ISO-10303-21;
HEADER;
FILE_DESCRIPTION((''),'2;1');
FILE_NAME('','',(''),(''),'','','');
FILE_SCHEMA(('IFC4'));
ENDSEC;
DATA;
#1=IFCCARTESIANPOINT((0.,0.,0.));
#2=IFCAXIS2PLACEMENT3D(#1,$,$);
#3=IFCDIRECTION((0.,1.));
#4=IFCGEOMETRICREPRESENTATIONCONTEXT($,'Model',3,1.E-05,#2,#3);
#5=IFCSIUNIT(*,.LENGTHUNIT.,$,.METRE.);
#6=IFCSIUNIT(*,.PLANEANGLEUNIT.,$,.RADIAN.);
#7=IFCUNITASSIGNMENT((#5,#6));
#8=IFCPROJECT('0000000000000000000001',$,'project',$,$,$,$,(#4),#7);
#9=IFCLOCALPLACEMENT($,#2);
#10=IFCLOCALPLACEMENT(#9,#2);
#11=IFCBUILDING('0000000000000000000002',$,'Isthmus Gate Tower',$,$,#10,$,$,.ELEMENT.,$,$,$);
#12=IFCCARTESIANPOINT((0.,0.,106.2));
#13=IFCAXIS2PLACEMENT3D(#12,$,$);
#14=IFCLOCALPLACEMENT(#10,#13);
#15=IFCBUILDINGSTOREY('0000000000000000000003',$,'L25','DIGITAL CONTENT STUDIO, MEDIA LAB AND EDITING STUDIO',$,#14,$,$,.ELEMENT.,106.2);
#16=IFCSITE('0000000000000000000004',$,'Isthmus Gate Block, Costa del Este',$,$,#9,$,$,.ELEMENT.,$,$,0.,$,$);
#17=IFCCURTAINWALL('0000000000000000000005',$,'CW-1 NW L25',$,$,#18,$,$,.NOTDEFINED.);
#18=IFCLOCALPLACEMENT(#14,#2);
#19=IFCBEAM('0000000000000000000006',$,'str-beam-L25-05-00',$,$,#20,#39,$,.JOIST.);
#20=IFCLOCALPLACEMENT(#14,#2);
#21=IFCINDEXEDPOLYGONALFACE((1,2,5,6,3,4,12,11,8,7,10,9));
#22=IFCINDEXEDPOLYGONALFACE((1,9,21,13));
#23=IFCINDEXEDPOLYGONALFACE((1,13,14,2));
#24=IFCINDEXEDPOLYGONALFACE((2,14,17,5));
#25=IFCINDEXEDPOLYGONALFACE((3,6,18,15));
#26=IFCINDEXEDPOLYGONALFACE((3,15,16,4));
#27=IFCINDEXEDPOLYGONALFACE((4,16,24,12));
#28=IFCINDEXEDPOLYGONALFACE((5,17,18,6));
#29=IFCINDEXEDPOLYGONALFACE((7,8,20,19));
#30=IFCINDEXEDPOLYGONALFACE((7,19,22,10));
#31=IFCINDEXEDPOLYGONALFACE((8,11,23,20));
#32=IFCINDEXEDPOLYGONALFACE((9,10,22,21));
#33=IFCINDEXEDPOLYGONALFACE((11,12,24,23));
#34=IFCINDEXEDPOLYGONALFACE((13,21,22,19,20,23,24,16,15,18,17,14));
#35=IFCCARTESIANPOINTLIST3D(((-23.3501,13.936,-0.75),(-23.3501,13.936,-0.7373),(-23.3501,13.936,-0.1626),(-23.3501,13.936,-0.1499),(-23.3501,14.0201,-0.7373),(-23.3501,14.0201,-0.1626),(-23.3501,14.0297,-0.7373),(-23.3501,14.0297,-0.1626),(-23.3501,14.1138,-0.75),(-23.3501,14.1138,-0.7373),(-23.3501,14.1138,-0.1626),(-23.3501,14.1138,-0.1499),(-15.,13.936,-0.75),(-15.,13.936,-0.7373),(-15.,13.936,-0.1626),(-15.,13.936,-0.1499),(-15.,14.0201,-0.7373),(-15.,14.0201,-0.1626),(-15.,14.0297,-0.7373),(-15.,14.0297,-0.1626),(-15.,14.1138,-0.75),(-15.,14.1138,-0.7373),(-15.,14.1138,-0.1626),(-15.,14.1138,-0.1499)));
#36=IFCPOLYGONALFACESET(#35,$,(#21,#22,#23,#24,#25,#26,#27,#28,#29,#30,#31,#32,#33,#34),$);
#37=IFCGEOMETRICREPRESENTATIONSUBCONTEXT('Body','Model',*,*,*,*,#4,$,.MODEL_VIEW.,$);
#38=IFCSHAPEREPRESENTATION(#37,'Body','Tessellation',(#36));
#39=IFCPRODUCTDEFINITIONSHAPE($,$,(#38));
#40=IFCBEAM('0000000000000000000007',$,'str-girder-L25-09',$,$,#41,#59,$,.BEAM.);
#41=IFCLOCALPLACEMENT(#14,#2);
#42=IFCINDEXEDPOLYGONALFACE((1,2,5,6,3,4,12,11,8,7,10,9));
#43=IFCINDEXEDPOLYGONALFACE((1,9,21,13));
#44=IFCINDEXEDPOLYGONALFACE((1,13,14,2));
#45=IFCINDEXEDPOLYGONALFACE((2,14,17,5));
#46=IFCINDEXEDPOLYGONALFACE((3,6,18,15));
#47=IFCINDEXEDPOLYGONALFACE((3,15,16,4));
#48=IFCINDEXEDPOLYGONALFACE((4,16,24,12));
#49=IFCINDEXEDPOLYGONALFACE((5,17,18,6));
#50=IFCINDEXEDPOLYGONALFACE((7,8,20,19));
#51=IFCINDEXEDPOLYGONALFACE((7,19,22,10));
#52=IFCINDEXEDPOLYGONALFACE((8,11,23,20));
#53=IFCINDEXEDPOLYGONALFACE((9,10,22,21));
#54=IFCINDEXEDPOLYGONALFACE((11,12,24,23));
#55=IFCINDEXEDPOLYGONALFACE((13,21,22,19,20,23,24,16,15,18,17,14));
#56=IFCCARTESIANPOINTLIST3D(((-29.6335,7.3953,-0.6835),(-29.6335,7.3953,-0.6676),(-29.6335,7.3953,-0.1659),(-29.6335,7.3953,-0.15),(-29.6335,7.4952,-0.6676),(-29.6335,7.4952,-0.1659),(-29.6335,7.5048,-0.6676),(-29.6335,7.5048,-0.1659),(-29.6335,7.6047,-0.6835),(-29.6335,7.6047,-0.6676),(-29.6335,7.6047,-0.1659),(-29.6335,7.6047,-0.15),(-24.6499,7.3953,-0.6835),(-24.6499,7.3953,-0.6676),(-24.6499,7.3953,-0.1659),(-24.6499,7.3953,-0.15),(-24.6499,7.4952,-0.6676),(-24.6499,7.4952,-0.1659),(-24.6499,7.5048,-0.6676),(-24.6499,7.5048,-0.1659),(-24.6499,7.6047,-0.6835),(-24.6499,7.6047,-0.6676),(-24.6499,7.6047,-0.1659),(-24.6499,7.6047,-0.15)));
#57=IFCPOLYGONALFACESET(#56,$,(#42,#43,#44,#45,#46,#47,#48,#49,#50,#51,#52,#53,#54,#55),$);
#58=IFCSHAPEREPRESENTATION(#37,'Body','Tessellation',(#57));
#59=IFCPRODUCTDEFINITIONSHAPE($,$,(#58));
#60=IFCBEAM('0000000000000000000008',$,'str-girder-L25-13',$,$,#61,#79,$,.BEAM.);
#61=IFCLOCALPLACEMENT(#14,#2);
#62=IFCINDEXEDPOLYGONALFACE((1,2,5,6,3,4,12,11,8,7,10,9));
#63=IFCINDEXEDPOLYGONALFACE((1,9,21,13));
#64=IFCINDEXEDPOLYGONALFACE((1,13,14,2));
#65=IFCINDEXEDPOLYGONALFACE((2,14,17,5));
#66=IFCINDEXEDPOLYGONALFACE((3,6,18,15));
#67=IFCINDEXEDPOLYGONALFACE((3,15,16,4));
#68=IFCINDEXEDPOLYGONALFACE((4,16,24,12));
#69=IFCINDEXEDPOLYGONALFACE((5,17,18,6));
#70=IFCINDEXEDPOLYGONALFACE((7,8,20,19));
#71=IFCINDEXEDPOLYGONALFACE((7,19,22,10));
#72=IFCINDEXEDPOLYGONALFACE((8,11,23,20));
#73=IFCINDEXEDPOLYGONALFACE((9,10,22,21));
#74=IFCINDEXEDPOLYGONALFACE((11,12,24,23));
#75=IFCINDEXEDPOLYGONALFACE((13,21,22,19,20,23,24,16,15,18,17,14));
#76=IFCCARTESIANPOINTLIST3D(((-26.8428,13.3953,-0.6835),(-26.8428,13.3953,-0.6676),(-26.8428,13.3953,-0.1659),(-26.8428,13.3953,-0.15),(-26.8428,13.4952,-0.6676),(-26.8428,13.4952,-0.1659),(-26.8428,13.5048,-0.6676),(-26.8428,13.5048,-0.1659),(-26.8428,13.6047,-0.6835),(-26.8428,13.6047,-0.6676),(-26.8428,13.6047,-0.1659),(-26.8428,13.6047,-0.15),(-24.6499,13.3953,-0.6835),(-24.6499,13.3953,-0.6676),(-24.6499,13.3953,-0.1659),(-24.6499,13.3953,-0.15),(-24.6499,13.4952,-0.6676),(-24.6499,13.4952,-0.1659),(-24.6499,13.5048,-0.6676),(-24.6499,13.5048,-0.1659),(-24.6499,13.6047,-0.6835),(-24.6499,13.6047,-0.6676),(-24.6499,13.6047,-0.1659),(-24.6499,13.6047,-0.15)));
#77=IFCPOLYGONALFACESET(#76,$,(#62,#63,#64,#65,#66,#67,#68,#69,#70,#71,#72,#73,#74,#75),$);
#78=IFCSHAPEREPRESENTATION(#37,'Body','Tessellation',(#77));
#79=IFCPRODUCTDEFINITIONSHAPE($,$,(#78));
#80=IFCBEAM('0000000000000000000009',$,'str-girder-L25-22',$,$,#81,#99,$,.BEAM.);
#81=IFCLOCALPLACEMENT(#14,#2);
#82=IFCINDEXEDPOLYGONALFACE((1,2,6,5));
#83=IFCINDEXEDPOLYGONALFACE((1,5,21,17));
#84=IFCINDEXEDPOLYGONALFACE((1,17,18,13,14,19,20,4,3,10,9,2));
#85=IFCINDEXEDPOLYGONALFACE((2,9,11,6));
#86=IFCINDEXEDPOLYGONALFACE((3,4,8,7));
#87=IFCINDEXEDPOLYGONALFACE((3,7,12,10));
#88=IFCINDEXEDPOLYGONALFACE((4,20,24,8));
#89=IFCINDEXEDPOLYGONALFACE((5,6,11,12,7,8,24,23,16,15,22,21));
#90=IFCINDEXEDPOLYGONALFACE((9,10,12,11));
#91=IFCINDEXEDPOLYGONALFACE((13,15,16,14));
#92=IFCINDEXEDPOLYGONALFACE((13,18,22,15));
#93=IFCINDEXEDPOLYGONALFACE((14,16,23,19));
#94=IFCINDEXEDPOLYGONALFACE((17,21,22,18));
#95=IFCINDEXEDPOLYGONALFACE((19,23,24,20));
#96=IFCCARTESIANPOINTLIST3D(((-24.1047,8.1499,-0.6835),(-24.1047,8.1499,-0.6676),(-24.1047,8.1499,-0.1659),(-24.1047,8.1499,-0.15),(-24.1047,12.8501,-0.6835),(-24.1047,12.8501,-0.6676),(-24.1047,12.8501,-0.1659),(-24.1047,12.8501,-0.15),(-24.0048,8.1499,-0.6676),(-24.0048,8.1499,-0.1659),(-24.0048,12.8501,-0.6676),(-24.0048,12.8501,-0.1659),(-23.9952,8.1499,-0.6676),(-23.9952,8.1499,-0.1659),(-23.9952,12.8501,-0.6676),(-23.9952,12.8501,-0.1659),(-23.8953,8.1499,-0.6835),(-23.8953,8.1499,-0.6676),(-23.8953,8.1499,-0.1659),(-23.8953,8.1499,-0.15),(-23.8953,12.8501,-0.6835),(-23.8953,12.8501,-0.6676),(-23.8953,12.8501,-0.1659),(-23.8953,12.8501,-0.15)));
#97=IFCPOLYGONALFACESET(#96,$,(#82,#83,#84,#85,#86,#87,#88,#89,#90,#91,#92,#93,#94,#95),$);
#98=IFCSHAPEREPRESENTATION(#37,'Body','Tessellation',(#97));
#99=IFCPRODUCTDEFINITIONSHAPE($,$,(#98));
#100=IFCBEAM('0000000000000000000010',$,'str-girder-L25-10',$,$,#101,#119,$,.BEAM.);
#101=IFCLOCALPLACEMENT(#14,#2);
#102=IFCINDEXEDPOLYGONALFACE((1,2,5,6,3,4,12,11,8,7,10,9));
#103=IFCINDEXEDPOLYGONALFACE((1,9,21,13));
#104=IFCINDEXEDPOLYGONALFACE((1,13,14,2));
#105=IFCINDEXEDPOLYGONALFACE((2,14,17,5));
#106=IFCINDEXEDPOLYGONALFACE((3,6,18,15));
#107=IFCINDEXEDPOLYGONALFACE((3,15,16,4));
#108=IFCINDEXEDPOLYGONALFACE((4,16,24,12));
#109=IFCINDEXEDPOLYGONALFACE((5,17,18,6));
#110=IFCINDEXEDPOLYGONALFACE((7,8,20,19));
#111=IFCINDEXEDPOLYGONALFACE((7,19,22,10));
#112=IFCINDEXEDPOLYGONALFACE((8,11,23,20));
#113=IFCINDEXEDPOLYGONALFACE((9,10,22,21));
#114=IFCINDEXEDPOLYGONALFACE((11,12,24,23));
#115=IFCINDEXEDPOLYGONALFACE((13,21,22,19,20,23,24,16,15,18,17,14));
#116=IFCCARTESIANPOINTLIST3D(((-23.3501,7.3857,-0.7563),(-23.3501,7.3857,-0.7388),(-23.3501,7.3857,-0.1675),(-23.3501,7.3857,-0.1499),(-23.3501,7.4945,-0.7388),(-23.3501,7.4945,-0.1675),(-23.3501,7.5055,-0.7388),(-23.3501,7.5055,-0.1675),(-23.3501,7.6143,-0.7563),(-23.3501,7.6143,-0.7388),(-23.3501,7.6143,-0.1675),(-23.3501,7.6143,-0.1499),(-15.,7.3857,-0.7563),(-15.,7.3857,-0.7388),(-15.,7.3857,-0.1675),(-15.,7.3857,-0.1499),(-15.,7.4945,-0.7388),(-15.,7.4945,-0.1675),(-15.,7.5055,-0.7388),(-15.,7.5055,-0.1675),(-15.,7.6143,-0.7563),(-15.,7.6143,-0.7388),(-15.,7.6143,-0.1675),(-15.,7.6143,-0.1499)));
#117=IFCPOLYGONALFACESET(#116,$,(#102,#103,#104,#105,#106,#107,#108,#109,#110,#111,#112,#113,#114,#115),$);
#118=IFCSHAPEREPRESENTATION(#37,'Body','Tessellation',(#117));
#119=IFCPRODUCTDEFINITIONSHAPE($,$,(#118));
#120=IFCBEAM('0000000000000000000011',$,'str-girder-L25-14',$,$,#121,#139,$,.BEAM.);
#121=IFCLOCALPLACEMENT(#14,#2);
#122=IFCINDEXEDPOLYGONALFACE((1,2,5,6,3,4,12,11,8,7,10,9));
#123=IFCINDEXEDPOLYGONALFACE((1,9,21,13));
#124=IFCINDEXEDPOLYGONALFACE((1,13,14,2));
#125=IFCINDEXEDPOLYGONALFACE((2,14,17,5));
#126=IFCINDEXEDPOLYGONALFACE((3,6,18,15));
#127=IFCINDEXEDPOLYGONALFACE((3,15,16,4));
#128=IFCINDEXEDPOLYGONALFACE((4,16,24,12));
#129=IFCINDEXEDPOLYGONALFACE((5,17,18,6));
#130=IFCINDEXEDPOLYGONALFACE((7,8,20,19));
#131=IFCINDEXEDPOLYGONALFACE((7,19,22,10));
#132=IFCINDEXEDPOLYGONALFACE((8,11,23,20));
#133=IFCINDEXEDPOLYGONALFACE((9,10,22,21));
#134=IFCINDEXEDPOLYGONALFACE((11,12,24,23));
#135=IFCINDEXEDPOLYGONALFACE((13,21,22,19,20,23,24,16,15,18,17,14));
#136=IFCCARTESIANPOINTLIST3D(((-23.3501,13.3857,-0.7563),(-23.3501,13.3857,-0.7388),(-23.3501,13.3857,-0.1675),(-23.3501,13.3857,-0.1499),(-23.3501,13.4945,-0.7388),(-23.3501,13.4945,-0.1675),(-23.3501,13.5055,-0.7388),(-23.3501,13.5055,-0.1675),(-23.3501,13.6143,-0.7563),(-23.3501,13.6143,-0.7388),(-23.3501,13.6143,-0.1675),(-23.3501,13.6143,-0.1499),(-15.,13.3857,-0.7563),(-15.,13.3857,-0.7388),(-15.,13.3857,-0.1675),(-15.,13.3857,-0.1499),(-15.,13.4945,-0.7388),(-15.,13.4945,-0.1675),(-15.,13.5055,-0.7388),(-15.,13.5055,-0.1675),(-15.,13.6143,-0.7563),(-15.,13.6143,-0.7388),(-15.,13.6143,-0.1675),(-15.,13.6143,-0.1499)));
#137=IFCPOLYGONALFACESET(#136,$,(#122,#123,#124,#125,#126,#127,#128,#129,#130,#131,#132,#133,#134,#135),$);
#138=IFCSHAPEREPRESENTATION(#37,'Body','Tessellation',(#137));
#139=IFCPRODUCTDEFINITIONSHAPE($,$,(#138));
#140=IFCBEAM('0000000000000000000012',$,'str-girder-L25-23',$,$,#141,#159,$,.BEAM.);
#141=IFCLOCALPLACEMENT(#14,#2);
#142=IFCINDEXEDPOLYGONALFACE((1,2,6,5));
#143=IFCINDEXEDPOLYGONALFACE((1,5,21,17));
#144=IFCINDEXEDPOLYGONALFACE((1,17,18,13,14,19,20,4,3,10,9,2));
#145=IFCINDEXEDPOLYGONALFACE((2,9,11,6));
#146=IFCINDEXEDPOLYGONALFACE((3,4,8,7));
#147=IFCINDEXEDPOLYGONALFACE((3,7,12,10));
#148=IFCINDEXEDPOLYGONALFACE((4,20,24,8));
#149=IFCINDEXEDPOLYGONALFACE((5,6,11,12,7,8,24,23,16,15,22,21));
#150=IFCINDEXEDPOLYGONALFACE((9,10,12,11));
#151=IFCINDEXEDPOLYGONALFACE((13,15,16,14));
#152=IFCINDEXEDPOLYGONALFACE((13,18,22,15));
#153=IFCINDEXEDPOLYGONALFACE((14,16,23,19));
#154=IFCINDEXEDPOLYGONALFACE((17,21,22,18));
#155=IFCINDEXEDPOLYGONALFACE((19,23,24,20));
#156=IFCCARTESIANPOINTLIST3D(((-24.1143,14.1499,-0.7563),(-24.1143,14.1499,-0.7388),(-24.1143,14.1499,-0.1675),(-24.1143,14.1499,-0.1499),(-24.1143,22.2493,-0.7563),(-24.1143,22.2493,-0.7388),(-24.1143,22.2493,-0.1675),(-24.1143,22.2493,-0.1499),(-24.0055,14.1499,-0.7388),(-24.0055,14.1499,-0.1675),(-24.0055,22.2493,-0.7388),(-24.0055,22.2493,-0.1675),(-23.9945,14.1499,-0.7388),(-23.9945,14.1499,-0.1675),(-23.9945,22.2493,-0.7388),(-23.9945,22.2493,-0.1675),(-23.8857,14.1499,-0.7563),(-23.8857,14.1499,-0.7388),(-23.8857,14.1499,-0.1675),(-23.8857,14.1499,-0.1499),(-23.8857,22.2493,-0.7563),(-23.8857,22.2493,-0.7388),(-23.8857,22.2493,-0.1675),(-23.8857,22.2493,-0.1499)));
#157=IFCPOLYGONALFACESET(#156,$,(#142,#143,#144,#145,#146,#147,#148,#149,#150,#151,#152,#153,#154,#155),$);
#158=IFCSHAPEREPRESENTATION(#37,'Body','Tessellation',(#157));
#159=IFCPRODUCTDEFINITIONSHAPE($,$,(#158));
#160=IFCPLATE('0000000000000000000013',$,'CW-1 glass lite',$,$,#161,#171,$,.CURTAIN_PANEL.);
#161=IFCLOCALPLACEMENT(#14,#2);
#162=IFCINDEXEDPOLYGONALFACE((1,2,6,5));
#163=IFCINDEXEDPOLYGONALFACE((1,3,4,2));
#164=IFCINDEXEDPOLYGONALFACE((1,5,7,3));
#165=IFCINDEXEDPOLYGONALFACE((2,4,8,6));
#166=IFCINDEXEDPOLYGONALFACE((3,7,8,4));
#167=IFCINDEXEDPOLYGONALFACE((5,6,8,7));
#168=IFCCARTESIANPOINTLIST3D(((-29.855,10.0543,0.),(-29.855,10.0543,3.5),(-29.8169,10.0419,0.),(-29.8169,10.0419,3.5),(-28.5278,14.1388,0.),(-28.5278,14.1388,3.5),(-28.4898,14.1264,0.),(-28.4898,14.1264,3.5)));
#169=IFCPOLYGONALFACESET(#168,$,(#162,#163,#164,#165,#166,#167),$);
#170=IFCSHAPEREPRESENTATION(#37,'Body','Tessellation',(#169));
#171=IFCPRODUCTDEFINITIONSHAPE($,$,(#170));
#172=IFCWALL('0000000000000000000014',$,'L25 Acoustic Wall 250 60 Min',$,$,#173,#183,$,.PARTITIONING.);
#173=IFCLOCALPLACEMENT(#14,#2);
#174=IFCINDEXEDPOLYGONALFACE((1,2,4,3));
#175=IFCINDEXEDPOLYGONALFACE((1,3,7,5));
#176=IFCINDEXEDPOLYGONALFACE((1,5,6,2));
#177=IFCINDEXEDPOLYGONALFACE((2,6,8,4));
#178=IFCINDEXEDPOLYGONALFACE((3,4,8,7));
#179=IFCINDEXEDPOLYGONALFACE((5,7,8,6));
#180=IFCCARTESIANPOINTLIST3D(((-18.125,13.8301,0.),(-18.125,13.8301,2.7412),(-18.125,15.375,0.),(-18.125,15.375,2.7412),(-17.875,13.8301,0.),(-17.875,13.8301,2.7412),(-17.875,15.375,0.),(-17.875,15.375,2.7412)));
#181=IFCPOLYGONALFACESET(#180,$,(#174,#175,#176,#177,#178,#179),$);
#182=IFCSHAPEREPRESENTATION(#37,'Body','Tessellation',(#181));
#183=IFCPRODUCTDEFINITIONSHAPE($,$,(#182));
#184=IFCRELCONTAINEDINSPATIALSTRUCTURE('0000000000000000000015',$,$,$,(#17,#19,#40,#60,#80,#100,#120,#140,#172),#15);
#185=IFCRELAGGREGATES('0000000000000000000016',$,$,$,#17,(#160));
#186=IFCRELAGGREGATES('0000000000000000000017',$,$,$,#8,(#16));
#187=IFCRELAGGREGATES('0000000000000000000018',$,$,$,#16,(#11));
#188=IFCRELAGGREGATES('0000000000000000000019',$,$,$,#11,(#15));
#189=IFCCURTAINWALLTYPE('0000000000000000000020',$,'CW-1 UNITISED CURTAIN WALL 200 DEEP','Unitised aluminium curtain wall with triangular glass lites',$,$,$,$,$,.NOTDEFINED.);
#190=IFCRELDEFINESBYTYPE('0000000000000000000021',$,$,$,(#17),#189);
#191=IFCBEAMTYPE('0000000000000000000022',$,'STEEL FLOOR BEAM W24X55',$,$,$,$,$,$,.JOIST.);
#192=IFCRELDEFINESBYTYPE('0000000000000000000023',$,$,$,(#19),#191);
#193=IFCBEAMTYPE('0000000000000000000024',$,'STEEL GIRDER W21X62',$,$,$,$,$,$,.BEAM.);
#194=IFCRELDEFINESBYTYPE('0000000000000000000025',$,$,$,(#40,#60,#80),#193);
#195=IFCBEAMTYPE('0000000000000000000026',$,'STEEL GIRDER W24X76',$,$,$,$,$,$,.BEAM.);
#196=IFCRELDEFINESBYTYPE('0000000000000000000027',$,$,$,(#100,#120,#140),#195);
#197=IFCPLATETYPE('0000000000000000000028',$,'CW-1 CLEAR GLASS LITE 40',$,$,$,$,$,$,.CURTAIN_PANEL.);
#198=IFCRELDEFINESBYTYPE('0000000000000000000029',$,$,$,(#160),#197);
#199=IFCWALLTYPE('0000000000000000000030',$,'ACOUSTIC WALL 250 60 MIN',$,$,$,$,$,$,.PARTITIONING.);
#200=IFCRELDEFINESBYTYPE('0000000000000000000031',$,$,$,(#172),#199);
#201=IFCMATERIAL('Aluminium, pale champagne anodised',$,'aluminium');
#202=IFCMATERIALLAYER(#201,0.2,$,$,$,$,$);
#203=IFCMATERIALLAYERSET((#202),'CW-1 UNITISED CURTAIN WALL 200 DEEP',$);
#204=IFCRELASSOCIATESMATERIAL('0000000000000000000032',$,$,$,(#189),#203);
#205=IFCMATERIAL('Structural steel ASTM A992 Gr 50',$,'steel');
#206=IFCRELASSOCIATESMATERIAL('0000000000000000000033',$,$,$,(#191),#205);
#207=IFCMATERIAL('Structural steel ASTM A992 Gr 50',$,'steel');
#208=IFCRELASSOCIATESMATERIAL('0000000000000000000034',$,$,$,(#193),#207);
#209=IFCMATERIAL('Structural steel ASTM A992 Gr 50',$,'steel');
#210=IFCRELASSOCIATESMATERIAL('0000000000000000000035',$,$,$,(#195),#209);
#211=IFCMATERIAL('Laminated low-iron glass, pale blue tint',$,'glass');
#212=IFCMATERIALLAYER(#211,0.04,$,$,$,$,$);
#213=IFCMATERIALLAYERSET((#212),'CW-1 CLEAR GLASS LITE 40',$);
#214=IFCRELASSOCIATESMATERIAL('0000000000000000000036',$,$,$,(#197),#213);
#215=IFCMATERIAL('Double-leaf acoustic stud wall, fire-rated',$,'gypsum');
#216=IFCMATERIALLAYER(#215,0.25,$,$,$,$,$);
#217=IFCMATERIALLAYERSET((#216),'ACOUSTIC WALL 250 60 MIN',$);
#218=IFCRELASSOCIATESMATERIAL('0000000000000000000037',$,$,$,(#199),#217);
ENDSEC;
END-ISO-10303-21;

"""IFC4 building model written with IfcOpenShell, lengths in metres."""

from ifc_helpers import new_model, si_unit, direction, frame, frame_2d, origin, origin_2d, place, context, subcontext, project, spatial, rectangle, i_section, extrude, material, layer, layer_set, material_profile, profile_set, type_object, element, aggregate, save


model = new_model("IFC4")

# Units and contexts
model_context = context("Model", 3, precision=1e-05, world=origin(), true_north=direction((0.0, 1.0)))
body_context = subcontext(model_context, "Body", "Model", "MODEL_VIEW")
ifc_project = project(units=[si_unit("LENGTHUNIT", "METRE"), si_unit("PLANEANGLEUNIT", "RADIAN")], contexts=[model_context])

# Site, building, storey
site_placement = place(None, origin())
site = spatial("IfcSite", under=ifc_project, at=site_placement, Name="Isthmus Gate Block, Costa del Este", CompositionType="ELEMENT", RefElevation=0.0)
building_placement = place(site_placement, origin())
building = spatial("IfcBuilding", under=site, at=building_placement, Name="Isthmus Gate Tower", CompositionType="ELEMENT")
storey_placement = place(building_placement, frame((0.0, 0.0, 106.2)))
storey = spatial("IfcBuildingStorey", under=building, at=storey_placement, Name="L25", Description="DIGITAL CONTENT STUDIO, MEDIA LAB AND EDITING STUDIO", CompositionType="ELEMENT", Elevation=106.2)

# Curtain wall
ifc_material_1 = material(Name="Aluminium, pale champagne anodised", Category="aluminium")
ifc_layer_1 = layer(ifc_material_1, 0.2)
ifc_layer_set_1 = layer_set([ifc_layer_1], Name="CW-1 UNITISED CURTAIN WALL 200 DEEP")
curtain_wall_type = type_object("IfcCurtainWallType", Name="CW-1 UNITISED CURTAIN WALL 200 DEEP", Description="Unitised aluminium curtain wall with triangular glass lites", PredefinedType="NOTDEFINED", material=ifc_layer_set_1)
curtain_wall_placement = place(storey_placement, origin())
curtain_wall = element("IfcCurtainWall", 1, at=curtain_wall_placement, inside=storey, type_object=curtain_wall_type, Name="CW-1 NW L25", PredefinedType="NOTDEFINED")

# Beams
ifc_material_2 = material(Name="Structural steel ASTM A992 Gr 50", Category="steel")
ifc_material_profile_1 = material_profile(ifc_material_2, i_section(OverallWidth=0.1777, OverallDepth=0.6001, WebThickness=0.0095, FlangeThickness=0.0127, at=origin_2d()), Name="W24X55")
ifc_profile_set_1 = profile_set([ifc_material_profile_1], Name="Structural steel ASTM A992 Gr 50")
beam_type_1 = type_object("IfcBeamType", Name="STEEL FLOOR BEAM W24X55", PredefinedType="JOIST", material=ifc_profile_set_1)
beam_1_placement = place(storey_placement, frame((-23.3501, 14.0249, -0.45), z_axis=(1.0, 0.0, 0.0), x_axis=(0.0, 1.0, 0.0)))
element("IfcBeam", 2, at=beam_1_placement, inside=storey, type_object=beam_type_1, Name="str-beam-L25-05-00", PredefinedType="JOIST", context=body_context, shape_type="SweptSolid", body=[
    extrude(i_section(OverallWidth=0.1777, OverallDepth=0.6001, WebThickness=0.0095, FlangeThickness=0.0127, at=origin_2d()), origin(), (0.0, 0.0, 1.0), 8.3501),
])
ifc_material_3 = material(Name="Structural steel ASTM A992 Gr 50", Category="steel")
ifc_material_profile_2 = material_profile(ifc_material_3, i_section(OverallWidth=0.2095, OverallDepth=0.5334, WebThickness=0.0095, FlangeThickness=0.0159, at=origin_2d()), Name="W21X62")
ifc_profile_set_2 = profile_set([ifc_material_profile_2], Name="Structural steel ASTM A992 Gr 50")
beam_type_2 = type_object("IfcBeamType", Name="STEEL GIRDER W21X62", PredefinedType="BEAM", material=ifc_profile_set_2)
beam_2_placement = place(storey_placement, frame((-29.6335, 7.5, -0.4167), z_axis=(1.0, 0.0, 0.0), x_axis=(0.0, 1.0, 0.0)))
element("IfcBeam", 3, at=beam_2_placement, inside=storey, type_object=beam_type_2, Name="str-girder-L25-09", PredefinedType="BEAM", context=body_context, shape_type="SweptSolid", body=[
    extrude(i_section(OverallWidth=0.2095, OverallDepth=0.5334, WebThickness=0.0095, FlangeThickness=0.0159, at=origin_2d()), origin(), (0.0, 0.0, 1.0), 4.9836),
])
beam_3_placement = place(storey_placement, frame((-26.8428, 13.5, -0.4167), z_axis=(1.0, 0.0, 0.0), x_axis=(0.0, 1.0, 0.0)))
element("IfcBeam", 4, at=beam_3_placement, inside=storey, type_object=beam_type_2, Name="str-girder-L25-13", PredefinedType="BEAM", context=body_context, shape_type="SweptSolid", body=[
    extrude(i_section(OverallWidth=0.2095, OverallDepth=0.5334, WebThickness=0.0095, FlangeThickness=0.0159, at=origin_2d()), origin(), (0.0, 0.0, 1.0), 2.1929),
])
beam_4_placement = place(storey_placement, frame((-24.0, 8.1499, -0.4167), z_axis=(0.0, 1.0, 0.0), x_axis=(-1.0, 0.0, 0.0)))
element("IfcBeam", 5, at=beam_4_placement, inside=storey, type_object=beam_type_2, Name="str-girder-L25-22", PredefinedType="BEAM", context=body_context, shape_type="SweptSolid", body=[
    extrude(i_section(OverallWidth=0.2095, OverallDepth=0.5334, WebThickness=0.0095, FlangeThickness=0.0159, at=origin_2d()), origin(), (0.0, 0.0, 1.0), 4.7002),
])
ifc_material_4 = material(Name="Structural steel ASTM A992 Gr 50", Category="steel")
ifc_material_profile_3 = material_profile(ifc_material_4, i_section(OverallWidth=0.2285, OverallDepth=0.6064, WebThickness=0.011, FlangeThickness=0.0176, at=origin_2d()), Name="W24X76")
ifc_profile_set_3 = profile_set([ifc_material_profile_3], Name="Structural steel ASTM A992 Gr 50")
beam_type_3 = type_object("IfcBeamType", Name="STEEL GIRDER W24X76", PredefinedType="BEAM", material=ifc_profile_set_3)
for number, where, z_axis, x_axis, name in (
    (6, (-23.3501, 7.5, -0.4531), (1.0, 0.0, 0.0), (0.0, 1.0, 0.0), "str-girder-L25-10"),
    (7, (-23.3501, 13.5, -0.4531), (1.0, 0.0, 0.0), (0.0, 1.0, 0.0), "str-girder-L25-14"),
):
    element("IfcBeam", number, at=place(storey_placement, frame(where, z_axis=z_axis, x_axis=x_axis)), inside=storey, type_object=beam_type_3, Name=name, PredefinedType="BEAM", context=body_context, shape_type="SweptSolid", body=[
        extrude(i_section(OverallWidth=0.2285, OverallDepth=0.6064, WebThickness=0.011, FlangeThickness=0.0176, at=origin_2d()), origin(), (0.0, 0.0, 1.0), 8.3501),
    ])
beam_5_placement = place(storey_placement, frame((-24.0, 14.1499, -0.4531), z_axis=(0.0, 1.0, 0.0), x_axis=(-1.0, 0.0, 0.0)))
element("IfcBeam", 8, at=beam_5_placement, inside=storey, type_object=beam_type_3, Name="str-girder-L25-23", PredefinedType="BEAM", context=body_context, shape_type="SweptSolid", body=[
    extrude(i_section(OverallWidth=0.2285, OverallDepth=0.6064, WebThickness=0.011, FlangeThickness=0.0176, at=origin_2d()), origin(), (0.0, 0.0, 1.0), 8.0994),
])

# Plate
ifc_material_5 = material(Name="Laminated low-iron glass, pale blue tint", Category="glass")
ifc_layer_2 = layer(ifc_material_5, 0.04)
ifc_layer_set_2 = layer_set([ifc_layer_2], Name="CW-1 CLEAR GLASS LITE 40")
plate_type = type_object("IfcPlateType", Name="CW-1 CLEAR GLASS LITE 40", PredefinedType="CURTAIN_PANEL", material=ifc_layer_set_2)
plate_placement = place(storey_placement, frame((-29.1724, 12.0903, 0.0), z_axis=(0.0, 0.0, 1.0), x_axis=(-0.309017, -0.951057, 0.0)))
plate = element("IfcPlate", 9, at=plate_placement, type_object=plate_type, Name="CW-1 glass lite", PredefinedType="CURTAIN_PANEL", context=body_context, shape_type="SweptSolid", body=[
    extrude(rectangle(XDim=4.2947, YDim=0.04, at=origin_2d()), origin(), (0.0, 0.0, 1.0), 3.5),
])

# Wall
ifc_material_6 = material(Name="Double-leaf acoustic stud wall, fire-rated", Category="gypsum")
ifc_layer_3 = layer(ifc_material_6, 0.25)
ifc_layer_set_3 = layer_set([ifc_layer_3], Name="ACOUSTIC WALL 250 60 MIN")
wall_type_1 = type_object("IfcWallType", Name="ACOUSTIC WALL 250 60 MIN", PredefinedType="PARTITIONING", material=ifc_layer_set_3)
wall_1_placement = place(storey_placement, frame((-18.0, 13.8301, 0.0), z_axis=(0.0, 0.0, 1.0), x_axis=(0.0, 1.0, 0.0)))
element("IfcWall", 10, at=wall_1_placement, inside=storey, type_object=wall_type_1, Name="L25 Acoustic Wall 250 60 Min", PredefinedType="PARTITIONING", context=body_context, shape_type="SweptSolid", body=[
    extrude(rectangle(XDim=1.5449, YDim=0.25, at=frame_2d((0.7725, 0.0))), origin(), (0.0, 0.0, 1.0), 2.7412),
])

aggregate(curtain_wall, [plate])

save(model, "model.ifc")
